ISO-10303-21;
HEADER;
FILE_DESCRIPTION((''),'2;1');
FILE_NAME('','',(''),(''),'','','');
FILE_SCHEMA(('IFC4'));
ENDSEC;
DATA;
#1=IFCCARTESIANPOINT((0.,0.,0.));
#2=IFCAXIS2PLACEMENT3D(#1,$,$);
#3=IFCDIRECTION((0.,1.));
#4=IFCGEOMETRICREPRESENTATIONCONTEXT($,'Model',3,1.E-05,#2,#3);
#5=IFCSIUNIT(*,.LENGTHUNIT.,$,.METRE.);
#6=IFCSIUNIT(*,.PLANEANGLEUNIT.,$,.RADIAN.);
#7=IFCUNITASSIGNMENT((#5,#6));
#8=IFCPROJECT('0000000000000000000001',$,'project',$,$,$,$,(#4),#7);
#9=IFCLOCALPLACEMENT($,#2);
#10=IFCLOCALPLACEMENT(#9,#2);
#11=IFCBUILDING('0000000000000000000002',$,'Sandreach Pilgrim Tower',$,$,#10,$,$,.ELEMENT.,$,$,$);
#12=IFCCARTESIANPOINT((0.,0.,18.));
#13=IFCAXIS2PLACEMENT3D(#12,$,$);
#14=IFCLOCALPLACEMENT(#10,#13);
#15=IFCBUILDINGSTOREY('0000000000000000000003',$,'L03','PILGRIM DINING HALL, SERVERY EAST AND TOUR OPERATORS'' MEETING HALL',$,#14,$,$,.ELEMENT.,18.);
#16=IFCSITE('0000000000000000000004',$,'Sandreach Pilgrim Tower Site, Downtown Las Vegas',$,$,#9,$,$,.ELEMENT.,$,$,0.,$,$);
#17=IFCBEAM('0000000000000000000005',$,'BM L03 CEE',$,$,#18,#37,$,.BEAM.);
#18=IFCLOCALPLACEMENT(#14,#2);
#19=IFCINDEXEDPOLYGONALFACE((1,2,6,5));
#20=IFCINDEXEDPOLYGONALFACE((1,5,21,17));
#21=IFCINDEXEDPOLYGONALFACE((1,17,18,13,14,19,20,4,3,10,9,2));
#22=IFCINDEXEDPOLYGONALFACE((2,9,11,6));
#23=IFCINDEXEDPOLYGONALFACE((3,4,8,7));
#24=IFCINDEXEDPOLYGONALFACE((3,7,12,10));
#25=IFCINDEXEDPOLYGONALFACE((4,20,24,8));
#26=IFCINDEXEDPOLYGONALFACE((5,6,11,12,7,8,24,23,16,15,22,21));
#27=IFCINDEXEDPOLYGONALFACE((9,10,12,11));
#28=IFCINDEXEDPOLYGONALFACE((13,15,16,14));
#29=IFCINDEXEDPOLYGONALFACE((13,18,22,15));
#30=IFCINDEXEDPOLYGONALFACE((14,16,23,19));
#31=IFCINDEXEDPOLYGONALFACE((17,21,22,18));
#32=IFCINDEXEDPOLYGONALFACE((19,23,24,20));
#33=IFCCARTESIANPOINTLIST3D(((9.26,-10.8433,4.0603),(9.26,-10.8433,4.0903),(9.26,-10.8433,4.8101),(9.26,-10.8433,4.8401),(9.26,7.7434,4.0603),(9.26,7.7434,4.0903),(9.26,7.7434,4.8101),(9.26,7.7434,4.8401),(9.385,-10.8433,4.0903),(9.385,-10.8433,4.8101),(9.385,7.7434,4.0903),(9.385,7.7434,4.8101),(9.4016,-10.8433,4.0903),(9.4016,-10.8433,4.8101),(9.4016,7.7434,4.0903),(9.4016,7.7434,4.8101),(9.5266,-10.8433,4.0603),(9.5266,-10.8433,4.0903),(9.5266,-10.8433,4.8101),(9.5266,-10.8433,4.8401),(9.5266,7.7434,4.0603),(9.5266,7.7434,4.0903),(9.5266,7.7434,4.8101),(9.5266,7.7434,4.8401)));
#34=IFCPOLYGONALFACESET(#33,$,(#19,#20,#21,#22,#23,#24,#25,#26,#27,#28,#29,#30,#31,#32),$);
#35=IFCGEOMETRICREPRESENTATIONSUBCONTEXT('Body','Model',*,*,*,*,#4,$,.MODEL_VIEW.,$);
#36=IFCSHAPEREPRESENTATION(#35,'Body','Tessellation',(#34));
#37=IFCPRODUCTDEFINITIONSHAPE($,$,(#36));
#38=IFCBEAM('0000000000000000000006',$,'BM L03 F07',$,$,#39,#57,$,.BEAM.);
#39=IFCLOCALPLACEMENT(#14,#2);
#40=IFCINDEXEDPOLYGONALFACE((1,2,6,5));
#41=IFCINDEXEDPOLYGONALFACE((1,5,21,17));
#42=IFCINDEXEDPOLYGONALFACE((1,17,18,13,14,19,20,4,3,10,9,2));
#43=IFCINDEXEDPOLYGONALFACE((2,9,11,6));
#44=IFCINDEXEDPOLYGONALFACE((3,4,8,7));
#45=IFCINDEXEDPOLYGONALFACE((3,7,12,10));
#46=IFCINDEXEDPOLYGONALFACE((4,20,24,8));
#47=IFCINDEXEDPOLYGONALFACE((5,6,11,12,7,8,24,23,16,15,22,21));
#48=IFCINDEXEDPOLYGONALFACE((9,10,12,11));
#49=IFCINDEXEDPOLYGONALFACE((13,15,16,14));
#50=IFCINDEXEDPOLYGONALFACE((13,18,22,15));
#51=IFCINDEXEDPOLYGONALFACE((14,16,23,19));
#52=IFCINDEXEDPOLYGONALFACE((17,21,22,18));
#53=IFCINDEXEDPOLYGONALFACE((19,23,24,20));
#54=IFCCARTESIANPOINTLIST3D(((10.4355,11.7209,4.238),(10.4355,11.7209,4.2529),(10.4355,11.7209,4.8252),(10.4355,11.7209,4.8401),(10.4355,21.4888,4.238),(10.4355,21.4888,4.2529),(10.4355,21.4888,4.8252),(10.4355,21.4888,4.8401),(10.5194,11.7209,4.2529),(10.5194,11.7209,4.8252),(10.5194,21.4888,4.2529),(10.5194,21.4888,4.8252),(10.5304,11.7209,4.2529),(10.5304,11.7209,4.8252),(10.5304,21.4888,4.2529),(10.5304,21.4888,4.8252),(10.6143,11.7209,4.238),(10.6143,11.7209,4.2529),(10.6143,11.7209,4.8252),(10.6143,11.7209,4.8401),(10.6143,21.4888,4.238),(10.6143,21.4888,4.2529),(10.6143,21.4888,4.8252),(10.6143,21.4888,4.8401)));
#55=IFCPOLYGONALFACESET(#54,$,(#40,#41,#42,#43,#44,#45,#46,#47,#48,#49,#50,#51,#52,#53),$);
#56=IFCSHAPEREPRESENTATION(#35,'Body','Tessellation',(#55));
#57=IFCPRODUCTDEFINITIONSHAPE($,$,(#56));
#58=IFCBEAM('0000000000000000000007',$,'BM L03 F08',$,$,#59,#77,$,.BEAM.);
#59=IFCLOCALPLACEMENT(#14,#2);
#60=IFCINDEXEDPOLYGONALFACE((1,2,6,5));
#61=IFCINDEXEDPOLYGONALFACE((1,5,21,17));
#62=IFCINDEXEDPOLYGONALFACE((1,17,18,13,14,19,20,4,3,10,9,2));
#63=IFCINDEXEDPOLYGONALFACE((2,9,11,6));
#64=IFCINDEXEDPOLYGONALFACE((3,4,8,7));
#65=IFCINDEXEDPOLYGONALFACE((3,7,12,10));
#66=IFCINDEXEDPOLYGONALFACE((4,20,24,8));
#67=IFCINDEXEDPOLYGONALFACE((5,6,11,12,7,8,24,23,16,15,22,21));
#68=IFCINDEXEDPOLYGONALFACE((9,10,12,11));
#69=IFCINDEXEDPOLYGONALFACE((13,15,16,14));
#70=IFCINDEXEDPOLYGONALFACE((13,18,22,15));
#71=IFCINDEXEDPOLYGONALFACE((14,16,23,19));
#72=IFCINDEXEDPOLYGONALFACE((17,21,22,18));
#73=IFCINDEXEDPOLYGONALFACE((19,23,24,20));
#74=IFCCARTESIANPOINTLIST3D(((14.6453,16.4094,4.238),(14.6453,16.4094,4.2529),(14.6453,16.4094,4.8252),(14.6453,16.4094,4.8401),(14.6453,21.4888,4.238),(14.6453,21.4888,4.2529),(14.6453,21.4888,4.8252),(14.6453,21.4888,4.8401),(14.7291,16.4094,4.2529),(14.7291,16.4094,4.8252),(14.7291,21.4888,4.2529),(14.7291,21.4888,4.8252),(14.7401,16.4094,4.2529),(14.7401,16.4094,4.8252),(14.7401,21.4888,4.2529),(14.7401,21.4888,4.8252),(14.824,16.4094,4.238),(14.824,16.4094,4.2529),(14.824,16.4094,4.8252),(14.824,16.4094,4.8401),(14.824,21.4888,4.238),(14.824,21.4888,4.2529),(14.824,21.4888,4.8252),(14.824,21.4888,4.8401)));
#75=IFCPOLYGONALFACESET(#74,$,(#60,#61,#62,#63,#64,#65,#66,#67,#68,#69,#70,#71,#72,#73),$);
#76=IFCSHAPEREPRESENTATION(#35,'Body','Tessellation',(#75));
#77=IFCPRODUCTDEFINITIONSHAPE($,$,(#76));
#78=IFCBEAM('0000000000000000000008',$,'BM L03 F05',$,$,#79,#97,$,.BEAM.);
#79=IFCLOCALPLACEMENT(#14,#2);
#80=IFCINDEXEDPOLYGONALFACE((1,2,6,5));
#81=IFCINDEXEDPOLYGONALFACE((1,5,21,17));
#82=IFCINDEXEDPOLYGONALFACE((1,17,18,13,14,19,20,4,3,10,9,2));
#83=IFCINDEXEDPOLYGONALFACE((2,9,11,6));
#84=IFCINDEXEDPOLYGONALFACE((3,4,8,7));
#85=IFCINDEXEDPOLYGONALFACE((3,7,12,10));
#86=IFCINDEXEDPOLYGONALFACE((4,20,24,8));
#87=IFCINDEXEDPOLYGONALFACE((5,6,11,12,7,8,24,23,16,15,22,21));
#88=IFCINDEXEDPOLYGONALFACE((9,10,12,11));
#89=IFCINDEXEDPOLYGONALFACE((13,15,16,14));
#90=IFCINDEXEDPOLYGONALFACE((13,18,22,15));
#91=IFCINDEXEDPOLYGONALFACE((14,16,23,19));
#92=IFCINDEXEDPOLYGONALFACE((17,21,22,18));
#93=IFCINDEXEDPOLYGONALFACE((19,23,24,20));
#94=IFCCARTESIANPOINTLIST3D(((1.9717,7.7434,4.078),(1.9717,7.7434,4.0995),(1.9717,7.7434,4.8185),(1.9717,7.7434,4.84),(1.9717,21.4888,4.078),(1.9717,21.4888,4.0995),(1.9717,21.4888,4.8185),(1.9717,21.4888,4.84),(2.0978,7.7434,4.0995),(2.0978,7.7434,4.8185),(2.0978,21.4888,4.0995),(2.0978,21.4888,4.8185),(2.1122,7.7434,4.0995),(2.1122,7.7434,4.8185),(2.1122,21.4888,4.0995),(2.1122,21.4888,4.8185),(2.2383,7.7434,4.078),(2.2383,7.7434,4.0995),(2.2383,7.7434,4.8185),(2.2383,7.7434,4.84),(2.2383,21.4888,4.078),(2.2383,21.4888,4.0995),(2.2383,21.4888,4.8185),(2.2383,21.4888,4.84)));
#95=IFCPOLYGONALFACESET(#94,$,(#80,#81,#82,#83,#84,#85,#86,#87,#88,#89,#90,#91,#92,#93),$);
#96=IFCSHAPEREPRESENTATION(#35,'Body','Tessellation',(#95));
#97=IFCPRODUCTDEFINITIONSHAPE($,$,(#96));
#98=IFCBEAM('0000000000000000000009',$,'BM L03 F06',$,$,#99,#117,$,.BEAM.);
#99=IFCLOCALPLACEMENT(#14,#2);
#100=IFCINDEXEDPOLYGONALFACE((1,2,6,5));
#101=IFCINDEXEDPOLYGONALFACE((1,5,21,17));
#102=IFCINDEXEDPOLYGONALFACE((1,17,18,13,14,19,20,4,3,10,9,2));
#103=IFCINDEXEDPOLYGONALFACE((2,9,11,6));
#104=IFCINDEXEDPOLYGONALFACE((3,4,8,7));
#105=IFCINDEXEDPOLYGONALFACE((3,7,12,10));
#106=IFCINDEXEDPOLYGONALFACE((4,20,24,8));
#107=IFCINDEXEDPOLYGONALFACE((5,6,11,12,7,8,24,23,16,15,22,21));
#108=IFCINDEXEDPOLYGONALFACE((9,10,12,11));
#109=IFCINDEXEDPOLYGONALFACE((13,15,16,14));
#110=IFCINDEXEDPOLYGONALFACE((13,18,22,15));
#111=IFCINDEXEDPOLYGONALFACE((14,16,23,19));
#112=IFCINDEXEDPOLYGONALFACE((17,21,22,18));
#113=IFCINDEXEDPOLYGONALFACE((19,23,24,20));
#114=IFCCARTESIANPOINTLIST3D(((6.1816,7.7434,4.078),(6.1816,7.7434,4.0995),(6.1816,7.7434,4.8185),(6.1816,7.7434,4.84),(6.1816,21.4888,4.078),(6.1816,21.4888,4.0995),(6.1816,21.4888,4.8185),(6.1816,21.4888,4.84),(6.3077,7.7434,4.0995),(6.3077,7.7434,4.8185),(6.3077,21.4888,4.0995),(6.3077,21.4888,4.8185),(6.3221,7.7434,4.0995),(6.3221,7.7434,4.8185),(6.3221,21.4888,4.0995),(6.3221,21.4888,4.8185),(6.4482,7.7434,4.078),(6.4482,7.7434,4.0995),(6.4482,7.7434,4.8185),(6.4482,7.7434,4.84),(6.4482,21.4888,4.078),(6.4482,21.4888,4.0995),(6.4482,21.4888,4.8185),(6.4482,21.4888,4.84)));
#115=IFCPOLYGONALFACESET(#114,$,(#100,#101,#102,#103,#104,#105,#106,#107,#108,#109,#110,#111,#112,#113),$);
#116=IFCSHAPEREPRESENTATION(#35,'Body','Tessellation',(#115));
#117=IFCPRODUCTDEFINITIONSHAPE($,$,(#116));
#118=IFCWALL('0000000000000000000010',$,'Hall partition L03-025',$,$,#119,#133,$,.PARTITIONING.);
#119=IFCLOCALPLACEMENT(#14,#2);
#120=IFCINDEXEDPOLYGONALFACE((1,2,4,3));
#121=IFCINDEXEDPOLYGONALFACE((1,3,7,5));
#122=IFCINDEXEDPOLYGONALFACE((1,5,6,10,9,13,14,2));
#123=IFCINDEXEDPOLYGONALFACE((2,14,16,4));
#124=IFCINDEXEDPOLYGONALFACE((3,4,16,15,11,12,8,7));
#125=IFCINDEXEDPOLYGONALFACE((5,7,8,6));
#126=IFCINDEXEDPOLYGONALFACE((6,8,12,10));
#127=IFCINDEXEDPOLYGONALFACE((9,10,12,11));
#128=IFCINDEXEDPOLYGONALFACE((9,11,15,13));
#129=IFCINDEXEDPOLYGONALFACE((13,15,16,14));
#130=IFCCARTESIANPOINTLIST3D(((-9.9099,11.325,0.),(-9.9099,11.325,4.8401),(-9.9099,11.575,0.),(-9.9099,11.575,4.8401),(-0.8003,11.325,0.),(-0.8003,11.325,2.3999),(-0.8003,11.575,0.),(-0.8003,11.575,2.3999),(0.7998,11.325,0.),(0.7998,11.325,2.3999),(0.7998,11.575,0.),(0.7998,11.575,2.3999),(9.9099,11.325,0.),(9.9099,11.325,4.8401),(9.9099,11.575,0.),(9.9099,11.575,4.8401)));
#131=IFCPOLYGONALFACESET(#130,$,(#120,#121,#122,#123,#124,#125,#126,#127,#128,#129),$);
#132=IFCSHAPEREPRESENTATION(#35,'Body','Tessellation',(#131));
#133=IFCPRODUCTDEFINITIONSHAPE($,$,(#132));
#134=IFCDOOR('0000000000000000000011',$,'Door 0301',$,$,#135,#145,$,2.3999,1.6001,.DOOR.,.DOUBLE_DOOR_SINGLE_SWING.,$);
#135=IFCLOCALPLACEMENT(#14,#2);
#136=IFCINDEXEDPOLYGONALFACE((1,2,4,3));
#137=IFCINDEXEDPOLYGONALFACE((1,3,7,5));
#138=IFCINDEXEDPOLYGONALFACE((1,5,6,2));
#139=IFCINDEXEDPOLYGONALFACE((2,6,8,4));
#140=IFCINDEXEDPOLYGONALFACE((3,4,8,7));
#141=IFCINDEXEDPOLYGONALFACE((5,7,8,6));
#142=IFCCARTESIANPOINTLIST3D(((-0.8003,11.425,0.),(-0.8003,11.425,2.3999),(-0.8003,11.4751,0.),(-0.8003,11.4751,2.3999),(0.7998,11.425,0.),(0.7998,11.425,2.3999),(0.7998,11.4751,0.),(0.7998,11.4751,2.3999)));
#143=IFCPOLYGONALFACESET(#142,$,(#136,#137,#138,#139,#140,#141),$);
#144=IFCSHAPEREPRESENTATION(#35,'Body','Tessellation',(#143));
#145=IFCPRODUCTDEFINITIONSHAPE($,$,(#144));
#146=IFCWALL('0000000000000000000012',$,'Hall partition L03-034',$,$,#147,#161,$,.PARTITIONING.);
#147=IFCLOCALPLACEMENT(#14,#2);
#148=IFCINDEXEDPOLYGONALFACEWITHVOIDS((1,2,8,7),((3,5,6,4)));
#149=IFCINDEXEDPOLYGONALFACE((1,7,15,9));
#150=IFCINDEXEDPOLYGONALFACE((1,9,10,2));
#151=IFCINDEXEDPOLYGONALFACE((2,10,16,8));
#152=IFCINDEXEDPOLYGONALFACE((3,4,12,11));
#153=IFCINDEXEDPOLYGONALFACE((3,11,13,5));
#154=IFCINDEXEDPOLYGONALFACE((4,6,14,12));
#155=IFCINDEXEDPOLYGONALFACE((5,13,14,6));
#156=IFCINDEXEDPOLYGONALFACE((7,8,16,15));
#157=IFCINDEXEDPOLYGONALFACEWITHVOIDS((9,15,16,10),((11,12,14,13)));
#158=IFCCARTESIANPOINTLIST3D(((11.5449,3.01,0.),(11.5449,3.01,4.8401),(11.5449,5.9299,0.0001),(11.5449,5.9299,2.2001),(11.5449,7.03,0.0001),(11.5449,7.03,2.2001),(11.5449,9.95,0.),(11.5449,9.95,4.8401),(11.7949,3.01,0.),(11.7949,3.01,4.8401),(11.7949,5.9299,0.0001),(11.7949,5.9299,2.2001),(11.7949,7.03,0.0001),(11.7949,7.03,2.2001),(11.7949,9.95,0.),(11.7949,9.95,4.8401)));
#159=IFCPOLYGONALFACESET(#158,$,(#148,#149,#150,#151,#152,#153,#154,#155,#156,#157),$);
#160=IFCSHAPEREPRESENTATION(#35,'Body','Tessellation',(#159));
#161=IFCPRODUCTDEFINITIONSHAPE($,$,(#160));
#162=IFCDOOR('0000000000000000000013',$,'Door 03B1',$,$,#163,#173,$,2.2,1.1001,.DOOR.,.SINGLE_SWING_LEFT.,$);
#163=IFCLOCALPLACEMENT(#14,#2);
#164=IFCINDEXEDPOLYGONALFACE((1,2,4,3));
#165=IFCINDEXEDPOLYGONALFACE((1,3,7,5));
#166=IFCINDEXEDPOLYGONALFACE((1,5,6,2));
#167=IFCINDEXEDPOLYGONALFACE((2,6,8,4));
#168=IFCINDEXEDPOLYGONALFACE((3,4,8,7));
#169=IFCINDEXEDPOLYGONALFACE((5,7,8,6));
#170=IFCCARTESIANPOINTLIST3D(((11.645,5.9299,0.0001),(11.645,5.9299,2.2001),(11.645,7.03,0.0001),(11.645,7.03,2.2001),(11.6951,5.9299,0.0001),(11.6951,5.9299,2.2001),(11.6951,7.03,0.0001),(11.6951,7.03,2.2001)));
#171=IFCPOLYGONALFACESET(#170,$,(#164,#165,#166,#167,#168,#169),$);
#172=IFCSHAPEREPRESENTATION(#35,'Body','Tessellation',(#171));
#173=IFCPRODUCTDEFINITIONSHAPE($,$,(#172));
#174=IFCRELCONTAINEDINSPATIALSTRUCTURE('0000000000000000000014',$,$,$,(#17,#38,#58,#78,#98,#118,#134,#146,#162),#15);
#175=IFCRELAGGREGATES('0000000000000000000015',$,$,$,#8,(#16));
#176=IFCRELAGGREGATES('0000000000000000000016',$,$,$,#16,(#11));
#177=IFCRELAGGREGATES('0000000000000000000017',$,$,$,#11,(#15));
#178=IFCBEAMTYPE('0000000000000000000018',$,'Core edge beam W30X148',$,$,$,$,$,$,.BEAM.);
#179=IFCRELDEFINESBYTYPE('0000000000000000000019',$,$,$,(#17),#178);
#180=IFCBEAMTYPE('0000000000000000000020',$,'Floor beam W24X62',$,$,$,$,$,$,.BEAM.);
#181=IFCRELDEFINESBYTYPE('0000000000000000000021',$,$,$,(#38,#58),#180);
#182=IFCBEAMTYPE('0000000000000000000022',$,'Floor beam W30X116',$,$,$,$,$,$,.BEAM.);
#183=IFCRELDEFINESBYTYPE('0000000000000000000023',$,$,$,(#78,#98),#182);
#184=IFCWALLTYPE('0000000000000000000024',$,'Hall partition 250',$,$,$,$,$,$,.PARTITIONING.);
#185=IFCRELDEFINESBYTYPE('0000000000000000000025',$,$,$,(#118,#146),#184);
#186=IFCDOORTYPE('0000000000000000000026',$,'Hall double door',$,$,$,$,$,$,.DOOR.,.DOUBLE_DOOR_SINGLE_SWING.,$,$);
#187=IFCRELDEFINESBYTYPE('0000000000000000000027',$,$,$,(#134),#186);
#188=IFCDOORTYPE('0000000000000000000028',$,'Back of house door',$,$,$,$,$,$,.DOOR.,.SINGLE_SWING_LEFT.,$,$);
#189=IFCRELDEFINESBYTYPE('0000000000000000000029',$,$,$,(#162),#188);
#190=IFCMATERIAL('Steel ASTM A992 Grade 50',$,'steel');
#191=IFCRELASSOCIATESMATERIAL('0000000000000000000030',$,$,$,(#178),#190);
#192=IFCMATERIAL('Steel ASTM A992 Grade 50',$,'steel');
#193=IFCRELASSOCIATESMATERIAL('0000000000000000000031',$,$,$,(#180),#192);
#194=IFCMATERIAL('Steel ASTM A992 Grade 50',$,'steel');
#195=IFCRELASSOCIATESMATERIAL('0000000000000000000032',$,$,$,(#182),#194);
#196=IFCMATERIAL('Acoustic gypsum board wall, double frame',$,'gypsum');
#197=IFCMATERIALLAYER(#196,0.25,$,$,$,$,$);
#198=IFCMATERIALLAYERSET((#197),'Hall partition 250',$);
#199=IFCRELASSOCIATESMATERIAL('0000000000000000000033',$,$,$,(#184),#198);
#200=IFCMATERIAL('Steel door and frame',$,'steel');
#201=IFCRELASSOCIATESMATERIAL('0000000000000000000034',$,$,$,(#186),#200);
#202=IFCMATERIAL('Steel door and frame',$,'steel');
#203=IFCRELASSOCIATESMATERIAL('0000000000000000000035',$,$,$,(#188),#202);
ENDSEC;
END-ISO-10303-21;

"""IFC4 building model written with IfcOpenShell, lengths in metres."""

from ifc_helpers import new_model, si_unit, direction, frame, frame_2d, origin, origin_2d, place, context, subcontext, project, spatial, rectangle, i_section, extrude, material, layer, layer_set, material_profile, profile_set, type_object, element, fill, save


model = new_model("IFC4")

# Units and contexts
model_context = context("Model", 3, precision=1e-05, world=origin(), true_north=direction((0.0, 1.0)))
body_context = subcontext(model_context, "Body", "Model", "MODEL_VIEW")
ifc_project = project(units=[si_unit("LENGTHUNIT", "METRE"), si_unit("PLANEANGLEUNIT", "RADIAN")], contexts=[model_context])

# Site, building, storey
site_placement = place(None, origin())
site = spatial("IfcSite", under=ifc_project, at=site_placement, Name="Sandreach Pilgrim Tower Site, Downtown Las Vegas", CompositionType="ELEMENT", RefElevation=0.0)
building_placement = place(site_placement, origin())
building = spatial("IfcBuilding", under=site, at=building_placement, Name="Sandreach Pilgrim Tower", CompositionType="ELEMENT")
storey_placement = place(building_placement, frame((0.0, 0.0, 18.0)))
storey = spatial("IfcBuildingStorey", under=building, at=storey_placement, Name="L03", Description="PILGRIM DINING HALL, SERVERY EAST AND TOUR OPERATORS' MEETING HALL", CompositionType="ELEMENT", Elevation=18.0)

# Beams
ifc_material_1 = material(Name="Steel ASTM A992 Grade 50", Category="steel")
ifc_material_profile_1 = material_profile(ifc_material_1, i_section(OverallWidth=0.2666, OverallDepth=0.7798, WebThickness=0.0166, FlangeThickness=0.03, at=origin_2d()), Name="W30X148")
ifc_profile_set_1 = profile_set([ifc_material_profile_1], Name="Steel ASTM A992 Grade 50")
beam_type_1 = type_object("IfcBeamType", Name="Core edge beam W30X148", PredefinedType="BEAM", material=ifc_profile_set_1)
beam_1_placement = place(storey_placement, frame((9.3933, 7.7434, 4.4502), z_axis=(0.0, -1.0, 0.0), x_axis=(1.0, 0.0, 0.0)))
element("IfcBeam", 1, at=beam_1_placement, inside=storey, type_object=beam_type_1, Name="BM L03 CEE", PredefinedType="BEAM", context=body_context, shape_type="SweptSolid", body=[
    extrude(i_section(OverallWidth=0.2666, OverallDepth=0.7798, WebThickness=0.0166, FlangeThickness=0.03, at=origin_2d()), origin(), (0.0, 0.0, 1.0), 18.5867),
])
ifc_material_2 = material(Name="Steel ASTM A992 Grade 50", Category="steel")
ifc_material_profile_2 = material_profile(ifc_material_2, i_section(OverallWidth=0.1787, OverallDepth=0.6021, WebThickness=0.011, FlangeThickness=0.0149, at=origin_2d()), Name="W24X62")
ifc_profile_set_2 = profile_set([ifc_material_profile_2], Name="Steel ASTM A992 Grade 50")
beam_type_2 = type_object("IfcBeamType", Name="Floor beam W24X62", PredefinedType="BEAM", material=ifc_profile_set_2)
beam_2_placement = place(storey_placement, frame((10.5249, 21.4888, 4.5391), z_axis=(0.0, -1.0, 0.0), x_axis=(1.0, 0.0, 0.0)))
element("IfcBeam", 2, at=beam_2_placement, inside=storey, type_object=beam_type_2, Name="BM L03 F07", PredefinedType="BEAM", context=body_context, shape_type="SweptSolid", body=[
    extrude(i_section(OverallWidth=0.1787, OverallDepth=0.6021, WebThickness=0.011, FlangeThickness=0.0149, at=origin_2d()), origin(), (0.0, 0.0, 1.0), 9.7678),
])
beam_3_placement = place(storey_placement, frame((14.7346, 21.4888, 4.5391), z_axis=(0.0, -1.0, 0.0), x_axis=(1.0, 0.0, 0.0)))
element("IfcBeam", 3, at=beam_3_placement, inside=storey, type_object=beam_type_2, Name="BM L03 F08", PredefinedType="BEAM", context=body_context, shape_type="SweptSolid", body=[
    extrude(i_section(OverallWidth=0.1787, OverallDepth=0.6021, WebThickness=0.011, FlangeThickness=0.0149, at=origin_2d()), origin(), (0.0, 0.0, 1.0), 5.0793),
])
ifc_material_3 = material(Name="Steel ASTM A992 Grade 50", Category="steel")
ifc_material_profile_3 = material_profile(ifc_material_3, i_section(OverallWidth=0.2666, OverallDepth=0.762, WebThickness=0.0144, FlangeThickness=0.0215, at=origin_2d()), Name="W30X116")
ifc_profile_set_3 = profile_set([ifc_material_profile_3], Name="Steel ASTM A992 Grade 50")
beam_type_3 = type_object("IfcBeamType", Name="Floor beam W30X116", PredefinedType="BEAM", material=ifc_profile_set_3)
for number, where, z_axis, x_axis, name in (
    (4, (2.105, 21.4888, 4.459), (0.0, -1.0, 0.0), (1.0, 0.0, 0.0), "BM L03 F05"),
    (5, (6.3149, 21.4888, 4.459), (0.0, -1.0, 0.0), (1.0, 0.0, 0.0), "BM L03 F06"),
):
    element("IfcBeam", number, at=place(storey_placement, frame(where, z_axis=z_axis, x_axis=x_axis)), inside=storey, type_object=beam_type_3, Name=name, PredefinedType="BEAM", context=body_context, shape_type="SweptSolid", body=[
        extrude(i_section(OverallWidth=0.2666, OverallDepth=0.762, WebThickness=0.0144, FlangeThickness=0.0215, at=origin_2d()), origin(), (0.0, 0.0, 1.0), 13.7454),
    ])

# Walls, openings, doors
ifc_material_4 = material(Name="Acoustic gypsum board wall, double frame", Category="gypsum")
ifc_layer_1 = layer(ifc_material_4, 0.25)
ifc_layer_set_1 = layer_set([ifc_layer_1], Name="Hall partition 250")
wall_type_1 = type_object("IfcWallType", Name="Hall partition 250", PredefinedType="PARTITIONING", material=ifc_layer_set_1)
wall_1_placement = place(storey_placement, frame((9.9099, 11.45, 0.0), z_axis=(0.0, 0.0, 1.0), x_axis=(-1.0, 0.0, 0.0)))
wall_1 = element("IfcWall", 6, at=wall_1_placement, inside=storey, type_object=wall_type_1, Name="Hall partition L03-025", PredefinedType="PARTITIONING", context=body_context, shape_type="SweptSolid", body=[
    extrude(rectangle(XDim=19.8198, YDim=0.25, at=frame_2d((9.9099, 0.0))), origin(), (0.0, 0.0, 1.0), 4.8401),
])
opening_1_placement = place(wall_1_placement, frame((9.1101, 0.0, 0.0)))
opening_1 = element("IfcOpeningElement", 7, at=opening_1_placement, cuts=wall_1, PredefinedType="OPENING", context=body_context, shape_type="SweptSolid", body=[
    extrude(rectangle(XDim=1.6001, YDim=2.3999, at=frame_2d((0.8, 1.2))), frame((0.0, 0.125, 0.0), z_axis=(0.0, -1.0, 0.0), x_axis=(1.0, 0.0, 0.0)), (0.0, 0.0, 1.0), 0.25),
])
ifc_material_5 = material(Name="Steel door and frame", Category="steel")
door_type_1 = type_object("IfcDoorType", Name="Hall double door", OperationType="DOUBLE_DOOR_SINGLE_SWING", PredefinedType="DOOR", material=ifc_material_5)
door_1_placement = place(opening_1_placement, origin())
door_1 = element("IfcDoor", 8, at=door_1_placement, inside=storey, type_object=door_type_1, Name="Door 0301", OperationType="DOUBLE_DOOR_SINGLE_SWING", OverallHeight=2.3999, OverallWidth=1.6001, PredefinedType="DOOR", context=body_context, shape_type="SweptSolid", body=[
    extrude(rectangle(XDim=1.6001, YDim=2.3999, at=frame_2d((0.8, 1.2))), frame((0.0, 0.0249, 0.0), z_axis=(0.0, -1.0, 0.0), x_axis=(1.0, 0.0, 0.0)), (0.0, 0.0, 1.0), 0.05),
])
fill(opening_1, door_1)
wall_2_placement = place(storey_placement, frame((11.6699, 3.01, 0.0), z_axis=(0.0, 0.0, 1.0), x_axis=(0.0, 1.0, 0.0)))
wall_2 = element("IfcWall", 9, at=wall_2_placement, inside=storey, type_object=wall_type_1, Name="Hall partition L03-034", PredefinedType="PARTITIONING", context=body_context, shape_type="SweptSolid", body=[
    extrude(rectangle(XDim=6.9399, YDim=0.25, at=frame_2d((3.47, 0.0))), origin(), (0.0, 0.0, 1.0), 4.8401),
])
opening_2_placement = place(wall_2_placement, frame((2.9199, 0.0, 0.0)))
opening_2 = element("IfcOpeningElement", 10, at=opening_2_placement, cuts=wall_2, PredefinedType="OPENING", context=body_context, shape_type="SweptSolid", body=[
    extrude(rectangle(XDim=1.1001, YDim=2.2, at=frame_2d((0.55, 1.1001))), frame((0.0, 0.125, 0.0), z_axis=(0.0, -1.0, 0.0), x_axis=(1.0, 0.0, 0.0)), (0.0, 0.0, 1.0), 0.25),
])
ifc_material_6 = material(Name="Steel door and frame", Category="steel")
door_type_2 = type_object("IfcDoorType", Name="Back of house door", OperationType="SINGLE_SWING_LEFT", PredefinedType="DOOR", material=ifc_material_6)
door_2_placement = place(opening_2_placement, origin())
door_2 = element("IfcDoor", 11, at=door_2_placement, inside=storey, type_object=door_type_2, Name="Door 03B1", OperationType="SINGLE_SWING_LEFT", OverallHeight=2.2, OverallWidth=1.1001, PredefinedType="DOOR", context=body_context, shape_type="SweptSolid", body=[
    extrude(rectangle(XDim=1.1001, YDim=2.2, at=frame_2d((0.55, 1.1001))), frame((0.0, 0.0249, 0.0), z_axis=(0.0, -1.0, 0.0), x_axis=(1.0, 0.0, 0.0)), (0.0, 0.0, 1.0), 0.05),
])
fill(opening_2, door_2)

save(model, "model.ifc")
